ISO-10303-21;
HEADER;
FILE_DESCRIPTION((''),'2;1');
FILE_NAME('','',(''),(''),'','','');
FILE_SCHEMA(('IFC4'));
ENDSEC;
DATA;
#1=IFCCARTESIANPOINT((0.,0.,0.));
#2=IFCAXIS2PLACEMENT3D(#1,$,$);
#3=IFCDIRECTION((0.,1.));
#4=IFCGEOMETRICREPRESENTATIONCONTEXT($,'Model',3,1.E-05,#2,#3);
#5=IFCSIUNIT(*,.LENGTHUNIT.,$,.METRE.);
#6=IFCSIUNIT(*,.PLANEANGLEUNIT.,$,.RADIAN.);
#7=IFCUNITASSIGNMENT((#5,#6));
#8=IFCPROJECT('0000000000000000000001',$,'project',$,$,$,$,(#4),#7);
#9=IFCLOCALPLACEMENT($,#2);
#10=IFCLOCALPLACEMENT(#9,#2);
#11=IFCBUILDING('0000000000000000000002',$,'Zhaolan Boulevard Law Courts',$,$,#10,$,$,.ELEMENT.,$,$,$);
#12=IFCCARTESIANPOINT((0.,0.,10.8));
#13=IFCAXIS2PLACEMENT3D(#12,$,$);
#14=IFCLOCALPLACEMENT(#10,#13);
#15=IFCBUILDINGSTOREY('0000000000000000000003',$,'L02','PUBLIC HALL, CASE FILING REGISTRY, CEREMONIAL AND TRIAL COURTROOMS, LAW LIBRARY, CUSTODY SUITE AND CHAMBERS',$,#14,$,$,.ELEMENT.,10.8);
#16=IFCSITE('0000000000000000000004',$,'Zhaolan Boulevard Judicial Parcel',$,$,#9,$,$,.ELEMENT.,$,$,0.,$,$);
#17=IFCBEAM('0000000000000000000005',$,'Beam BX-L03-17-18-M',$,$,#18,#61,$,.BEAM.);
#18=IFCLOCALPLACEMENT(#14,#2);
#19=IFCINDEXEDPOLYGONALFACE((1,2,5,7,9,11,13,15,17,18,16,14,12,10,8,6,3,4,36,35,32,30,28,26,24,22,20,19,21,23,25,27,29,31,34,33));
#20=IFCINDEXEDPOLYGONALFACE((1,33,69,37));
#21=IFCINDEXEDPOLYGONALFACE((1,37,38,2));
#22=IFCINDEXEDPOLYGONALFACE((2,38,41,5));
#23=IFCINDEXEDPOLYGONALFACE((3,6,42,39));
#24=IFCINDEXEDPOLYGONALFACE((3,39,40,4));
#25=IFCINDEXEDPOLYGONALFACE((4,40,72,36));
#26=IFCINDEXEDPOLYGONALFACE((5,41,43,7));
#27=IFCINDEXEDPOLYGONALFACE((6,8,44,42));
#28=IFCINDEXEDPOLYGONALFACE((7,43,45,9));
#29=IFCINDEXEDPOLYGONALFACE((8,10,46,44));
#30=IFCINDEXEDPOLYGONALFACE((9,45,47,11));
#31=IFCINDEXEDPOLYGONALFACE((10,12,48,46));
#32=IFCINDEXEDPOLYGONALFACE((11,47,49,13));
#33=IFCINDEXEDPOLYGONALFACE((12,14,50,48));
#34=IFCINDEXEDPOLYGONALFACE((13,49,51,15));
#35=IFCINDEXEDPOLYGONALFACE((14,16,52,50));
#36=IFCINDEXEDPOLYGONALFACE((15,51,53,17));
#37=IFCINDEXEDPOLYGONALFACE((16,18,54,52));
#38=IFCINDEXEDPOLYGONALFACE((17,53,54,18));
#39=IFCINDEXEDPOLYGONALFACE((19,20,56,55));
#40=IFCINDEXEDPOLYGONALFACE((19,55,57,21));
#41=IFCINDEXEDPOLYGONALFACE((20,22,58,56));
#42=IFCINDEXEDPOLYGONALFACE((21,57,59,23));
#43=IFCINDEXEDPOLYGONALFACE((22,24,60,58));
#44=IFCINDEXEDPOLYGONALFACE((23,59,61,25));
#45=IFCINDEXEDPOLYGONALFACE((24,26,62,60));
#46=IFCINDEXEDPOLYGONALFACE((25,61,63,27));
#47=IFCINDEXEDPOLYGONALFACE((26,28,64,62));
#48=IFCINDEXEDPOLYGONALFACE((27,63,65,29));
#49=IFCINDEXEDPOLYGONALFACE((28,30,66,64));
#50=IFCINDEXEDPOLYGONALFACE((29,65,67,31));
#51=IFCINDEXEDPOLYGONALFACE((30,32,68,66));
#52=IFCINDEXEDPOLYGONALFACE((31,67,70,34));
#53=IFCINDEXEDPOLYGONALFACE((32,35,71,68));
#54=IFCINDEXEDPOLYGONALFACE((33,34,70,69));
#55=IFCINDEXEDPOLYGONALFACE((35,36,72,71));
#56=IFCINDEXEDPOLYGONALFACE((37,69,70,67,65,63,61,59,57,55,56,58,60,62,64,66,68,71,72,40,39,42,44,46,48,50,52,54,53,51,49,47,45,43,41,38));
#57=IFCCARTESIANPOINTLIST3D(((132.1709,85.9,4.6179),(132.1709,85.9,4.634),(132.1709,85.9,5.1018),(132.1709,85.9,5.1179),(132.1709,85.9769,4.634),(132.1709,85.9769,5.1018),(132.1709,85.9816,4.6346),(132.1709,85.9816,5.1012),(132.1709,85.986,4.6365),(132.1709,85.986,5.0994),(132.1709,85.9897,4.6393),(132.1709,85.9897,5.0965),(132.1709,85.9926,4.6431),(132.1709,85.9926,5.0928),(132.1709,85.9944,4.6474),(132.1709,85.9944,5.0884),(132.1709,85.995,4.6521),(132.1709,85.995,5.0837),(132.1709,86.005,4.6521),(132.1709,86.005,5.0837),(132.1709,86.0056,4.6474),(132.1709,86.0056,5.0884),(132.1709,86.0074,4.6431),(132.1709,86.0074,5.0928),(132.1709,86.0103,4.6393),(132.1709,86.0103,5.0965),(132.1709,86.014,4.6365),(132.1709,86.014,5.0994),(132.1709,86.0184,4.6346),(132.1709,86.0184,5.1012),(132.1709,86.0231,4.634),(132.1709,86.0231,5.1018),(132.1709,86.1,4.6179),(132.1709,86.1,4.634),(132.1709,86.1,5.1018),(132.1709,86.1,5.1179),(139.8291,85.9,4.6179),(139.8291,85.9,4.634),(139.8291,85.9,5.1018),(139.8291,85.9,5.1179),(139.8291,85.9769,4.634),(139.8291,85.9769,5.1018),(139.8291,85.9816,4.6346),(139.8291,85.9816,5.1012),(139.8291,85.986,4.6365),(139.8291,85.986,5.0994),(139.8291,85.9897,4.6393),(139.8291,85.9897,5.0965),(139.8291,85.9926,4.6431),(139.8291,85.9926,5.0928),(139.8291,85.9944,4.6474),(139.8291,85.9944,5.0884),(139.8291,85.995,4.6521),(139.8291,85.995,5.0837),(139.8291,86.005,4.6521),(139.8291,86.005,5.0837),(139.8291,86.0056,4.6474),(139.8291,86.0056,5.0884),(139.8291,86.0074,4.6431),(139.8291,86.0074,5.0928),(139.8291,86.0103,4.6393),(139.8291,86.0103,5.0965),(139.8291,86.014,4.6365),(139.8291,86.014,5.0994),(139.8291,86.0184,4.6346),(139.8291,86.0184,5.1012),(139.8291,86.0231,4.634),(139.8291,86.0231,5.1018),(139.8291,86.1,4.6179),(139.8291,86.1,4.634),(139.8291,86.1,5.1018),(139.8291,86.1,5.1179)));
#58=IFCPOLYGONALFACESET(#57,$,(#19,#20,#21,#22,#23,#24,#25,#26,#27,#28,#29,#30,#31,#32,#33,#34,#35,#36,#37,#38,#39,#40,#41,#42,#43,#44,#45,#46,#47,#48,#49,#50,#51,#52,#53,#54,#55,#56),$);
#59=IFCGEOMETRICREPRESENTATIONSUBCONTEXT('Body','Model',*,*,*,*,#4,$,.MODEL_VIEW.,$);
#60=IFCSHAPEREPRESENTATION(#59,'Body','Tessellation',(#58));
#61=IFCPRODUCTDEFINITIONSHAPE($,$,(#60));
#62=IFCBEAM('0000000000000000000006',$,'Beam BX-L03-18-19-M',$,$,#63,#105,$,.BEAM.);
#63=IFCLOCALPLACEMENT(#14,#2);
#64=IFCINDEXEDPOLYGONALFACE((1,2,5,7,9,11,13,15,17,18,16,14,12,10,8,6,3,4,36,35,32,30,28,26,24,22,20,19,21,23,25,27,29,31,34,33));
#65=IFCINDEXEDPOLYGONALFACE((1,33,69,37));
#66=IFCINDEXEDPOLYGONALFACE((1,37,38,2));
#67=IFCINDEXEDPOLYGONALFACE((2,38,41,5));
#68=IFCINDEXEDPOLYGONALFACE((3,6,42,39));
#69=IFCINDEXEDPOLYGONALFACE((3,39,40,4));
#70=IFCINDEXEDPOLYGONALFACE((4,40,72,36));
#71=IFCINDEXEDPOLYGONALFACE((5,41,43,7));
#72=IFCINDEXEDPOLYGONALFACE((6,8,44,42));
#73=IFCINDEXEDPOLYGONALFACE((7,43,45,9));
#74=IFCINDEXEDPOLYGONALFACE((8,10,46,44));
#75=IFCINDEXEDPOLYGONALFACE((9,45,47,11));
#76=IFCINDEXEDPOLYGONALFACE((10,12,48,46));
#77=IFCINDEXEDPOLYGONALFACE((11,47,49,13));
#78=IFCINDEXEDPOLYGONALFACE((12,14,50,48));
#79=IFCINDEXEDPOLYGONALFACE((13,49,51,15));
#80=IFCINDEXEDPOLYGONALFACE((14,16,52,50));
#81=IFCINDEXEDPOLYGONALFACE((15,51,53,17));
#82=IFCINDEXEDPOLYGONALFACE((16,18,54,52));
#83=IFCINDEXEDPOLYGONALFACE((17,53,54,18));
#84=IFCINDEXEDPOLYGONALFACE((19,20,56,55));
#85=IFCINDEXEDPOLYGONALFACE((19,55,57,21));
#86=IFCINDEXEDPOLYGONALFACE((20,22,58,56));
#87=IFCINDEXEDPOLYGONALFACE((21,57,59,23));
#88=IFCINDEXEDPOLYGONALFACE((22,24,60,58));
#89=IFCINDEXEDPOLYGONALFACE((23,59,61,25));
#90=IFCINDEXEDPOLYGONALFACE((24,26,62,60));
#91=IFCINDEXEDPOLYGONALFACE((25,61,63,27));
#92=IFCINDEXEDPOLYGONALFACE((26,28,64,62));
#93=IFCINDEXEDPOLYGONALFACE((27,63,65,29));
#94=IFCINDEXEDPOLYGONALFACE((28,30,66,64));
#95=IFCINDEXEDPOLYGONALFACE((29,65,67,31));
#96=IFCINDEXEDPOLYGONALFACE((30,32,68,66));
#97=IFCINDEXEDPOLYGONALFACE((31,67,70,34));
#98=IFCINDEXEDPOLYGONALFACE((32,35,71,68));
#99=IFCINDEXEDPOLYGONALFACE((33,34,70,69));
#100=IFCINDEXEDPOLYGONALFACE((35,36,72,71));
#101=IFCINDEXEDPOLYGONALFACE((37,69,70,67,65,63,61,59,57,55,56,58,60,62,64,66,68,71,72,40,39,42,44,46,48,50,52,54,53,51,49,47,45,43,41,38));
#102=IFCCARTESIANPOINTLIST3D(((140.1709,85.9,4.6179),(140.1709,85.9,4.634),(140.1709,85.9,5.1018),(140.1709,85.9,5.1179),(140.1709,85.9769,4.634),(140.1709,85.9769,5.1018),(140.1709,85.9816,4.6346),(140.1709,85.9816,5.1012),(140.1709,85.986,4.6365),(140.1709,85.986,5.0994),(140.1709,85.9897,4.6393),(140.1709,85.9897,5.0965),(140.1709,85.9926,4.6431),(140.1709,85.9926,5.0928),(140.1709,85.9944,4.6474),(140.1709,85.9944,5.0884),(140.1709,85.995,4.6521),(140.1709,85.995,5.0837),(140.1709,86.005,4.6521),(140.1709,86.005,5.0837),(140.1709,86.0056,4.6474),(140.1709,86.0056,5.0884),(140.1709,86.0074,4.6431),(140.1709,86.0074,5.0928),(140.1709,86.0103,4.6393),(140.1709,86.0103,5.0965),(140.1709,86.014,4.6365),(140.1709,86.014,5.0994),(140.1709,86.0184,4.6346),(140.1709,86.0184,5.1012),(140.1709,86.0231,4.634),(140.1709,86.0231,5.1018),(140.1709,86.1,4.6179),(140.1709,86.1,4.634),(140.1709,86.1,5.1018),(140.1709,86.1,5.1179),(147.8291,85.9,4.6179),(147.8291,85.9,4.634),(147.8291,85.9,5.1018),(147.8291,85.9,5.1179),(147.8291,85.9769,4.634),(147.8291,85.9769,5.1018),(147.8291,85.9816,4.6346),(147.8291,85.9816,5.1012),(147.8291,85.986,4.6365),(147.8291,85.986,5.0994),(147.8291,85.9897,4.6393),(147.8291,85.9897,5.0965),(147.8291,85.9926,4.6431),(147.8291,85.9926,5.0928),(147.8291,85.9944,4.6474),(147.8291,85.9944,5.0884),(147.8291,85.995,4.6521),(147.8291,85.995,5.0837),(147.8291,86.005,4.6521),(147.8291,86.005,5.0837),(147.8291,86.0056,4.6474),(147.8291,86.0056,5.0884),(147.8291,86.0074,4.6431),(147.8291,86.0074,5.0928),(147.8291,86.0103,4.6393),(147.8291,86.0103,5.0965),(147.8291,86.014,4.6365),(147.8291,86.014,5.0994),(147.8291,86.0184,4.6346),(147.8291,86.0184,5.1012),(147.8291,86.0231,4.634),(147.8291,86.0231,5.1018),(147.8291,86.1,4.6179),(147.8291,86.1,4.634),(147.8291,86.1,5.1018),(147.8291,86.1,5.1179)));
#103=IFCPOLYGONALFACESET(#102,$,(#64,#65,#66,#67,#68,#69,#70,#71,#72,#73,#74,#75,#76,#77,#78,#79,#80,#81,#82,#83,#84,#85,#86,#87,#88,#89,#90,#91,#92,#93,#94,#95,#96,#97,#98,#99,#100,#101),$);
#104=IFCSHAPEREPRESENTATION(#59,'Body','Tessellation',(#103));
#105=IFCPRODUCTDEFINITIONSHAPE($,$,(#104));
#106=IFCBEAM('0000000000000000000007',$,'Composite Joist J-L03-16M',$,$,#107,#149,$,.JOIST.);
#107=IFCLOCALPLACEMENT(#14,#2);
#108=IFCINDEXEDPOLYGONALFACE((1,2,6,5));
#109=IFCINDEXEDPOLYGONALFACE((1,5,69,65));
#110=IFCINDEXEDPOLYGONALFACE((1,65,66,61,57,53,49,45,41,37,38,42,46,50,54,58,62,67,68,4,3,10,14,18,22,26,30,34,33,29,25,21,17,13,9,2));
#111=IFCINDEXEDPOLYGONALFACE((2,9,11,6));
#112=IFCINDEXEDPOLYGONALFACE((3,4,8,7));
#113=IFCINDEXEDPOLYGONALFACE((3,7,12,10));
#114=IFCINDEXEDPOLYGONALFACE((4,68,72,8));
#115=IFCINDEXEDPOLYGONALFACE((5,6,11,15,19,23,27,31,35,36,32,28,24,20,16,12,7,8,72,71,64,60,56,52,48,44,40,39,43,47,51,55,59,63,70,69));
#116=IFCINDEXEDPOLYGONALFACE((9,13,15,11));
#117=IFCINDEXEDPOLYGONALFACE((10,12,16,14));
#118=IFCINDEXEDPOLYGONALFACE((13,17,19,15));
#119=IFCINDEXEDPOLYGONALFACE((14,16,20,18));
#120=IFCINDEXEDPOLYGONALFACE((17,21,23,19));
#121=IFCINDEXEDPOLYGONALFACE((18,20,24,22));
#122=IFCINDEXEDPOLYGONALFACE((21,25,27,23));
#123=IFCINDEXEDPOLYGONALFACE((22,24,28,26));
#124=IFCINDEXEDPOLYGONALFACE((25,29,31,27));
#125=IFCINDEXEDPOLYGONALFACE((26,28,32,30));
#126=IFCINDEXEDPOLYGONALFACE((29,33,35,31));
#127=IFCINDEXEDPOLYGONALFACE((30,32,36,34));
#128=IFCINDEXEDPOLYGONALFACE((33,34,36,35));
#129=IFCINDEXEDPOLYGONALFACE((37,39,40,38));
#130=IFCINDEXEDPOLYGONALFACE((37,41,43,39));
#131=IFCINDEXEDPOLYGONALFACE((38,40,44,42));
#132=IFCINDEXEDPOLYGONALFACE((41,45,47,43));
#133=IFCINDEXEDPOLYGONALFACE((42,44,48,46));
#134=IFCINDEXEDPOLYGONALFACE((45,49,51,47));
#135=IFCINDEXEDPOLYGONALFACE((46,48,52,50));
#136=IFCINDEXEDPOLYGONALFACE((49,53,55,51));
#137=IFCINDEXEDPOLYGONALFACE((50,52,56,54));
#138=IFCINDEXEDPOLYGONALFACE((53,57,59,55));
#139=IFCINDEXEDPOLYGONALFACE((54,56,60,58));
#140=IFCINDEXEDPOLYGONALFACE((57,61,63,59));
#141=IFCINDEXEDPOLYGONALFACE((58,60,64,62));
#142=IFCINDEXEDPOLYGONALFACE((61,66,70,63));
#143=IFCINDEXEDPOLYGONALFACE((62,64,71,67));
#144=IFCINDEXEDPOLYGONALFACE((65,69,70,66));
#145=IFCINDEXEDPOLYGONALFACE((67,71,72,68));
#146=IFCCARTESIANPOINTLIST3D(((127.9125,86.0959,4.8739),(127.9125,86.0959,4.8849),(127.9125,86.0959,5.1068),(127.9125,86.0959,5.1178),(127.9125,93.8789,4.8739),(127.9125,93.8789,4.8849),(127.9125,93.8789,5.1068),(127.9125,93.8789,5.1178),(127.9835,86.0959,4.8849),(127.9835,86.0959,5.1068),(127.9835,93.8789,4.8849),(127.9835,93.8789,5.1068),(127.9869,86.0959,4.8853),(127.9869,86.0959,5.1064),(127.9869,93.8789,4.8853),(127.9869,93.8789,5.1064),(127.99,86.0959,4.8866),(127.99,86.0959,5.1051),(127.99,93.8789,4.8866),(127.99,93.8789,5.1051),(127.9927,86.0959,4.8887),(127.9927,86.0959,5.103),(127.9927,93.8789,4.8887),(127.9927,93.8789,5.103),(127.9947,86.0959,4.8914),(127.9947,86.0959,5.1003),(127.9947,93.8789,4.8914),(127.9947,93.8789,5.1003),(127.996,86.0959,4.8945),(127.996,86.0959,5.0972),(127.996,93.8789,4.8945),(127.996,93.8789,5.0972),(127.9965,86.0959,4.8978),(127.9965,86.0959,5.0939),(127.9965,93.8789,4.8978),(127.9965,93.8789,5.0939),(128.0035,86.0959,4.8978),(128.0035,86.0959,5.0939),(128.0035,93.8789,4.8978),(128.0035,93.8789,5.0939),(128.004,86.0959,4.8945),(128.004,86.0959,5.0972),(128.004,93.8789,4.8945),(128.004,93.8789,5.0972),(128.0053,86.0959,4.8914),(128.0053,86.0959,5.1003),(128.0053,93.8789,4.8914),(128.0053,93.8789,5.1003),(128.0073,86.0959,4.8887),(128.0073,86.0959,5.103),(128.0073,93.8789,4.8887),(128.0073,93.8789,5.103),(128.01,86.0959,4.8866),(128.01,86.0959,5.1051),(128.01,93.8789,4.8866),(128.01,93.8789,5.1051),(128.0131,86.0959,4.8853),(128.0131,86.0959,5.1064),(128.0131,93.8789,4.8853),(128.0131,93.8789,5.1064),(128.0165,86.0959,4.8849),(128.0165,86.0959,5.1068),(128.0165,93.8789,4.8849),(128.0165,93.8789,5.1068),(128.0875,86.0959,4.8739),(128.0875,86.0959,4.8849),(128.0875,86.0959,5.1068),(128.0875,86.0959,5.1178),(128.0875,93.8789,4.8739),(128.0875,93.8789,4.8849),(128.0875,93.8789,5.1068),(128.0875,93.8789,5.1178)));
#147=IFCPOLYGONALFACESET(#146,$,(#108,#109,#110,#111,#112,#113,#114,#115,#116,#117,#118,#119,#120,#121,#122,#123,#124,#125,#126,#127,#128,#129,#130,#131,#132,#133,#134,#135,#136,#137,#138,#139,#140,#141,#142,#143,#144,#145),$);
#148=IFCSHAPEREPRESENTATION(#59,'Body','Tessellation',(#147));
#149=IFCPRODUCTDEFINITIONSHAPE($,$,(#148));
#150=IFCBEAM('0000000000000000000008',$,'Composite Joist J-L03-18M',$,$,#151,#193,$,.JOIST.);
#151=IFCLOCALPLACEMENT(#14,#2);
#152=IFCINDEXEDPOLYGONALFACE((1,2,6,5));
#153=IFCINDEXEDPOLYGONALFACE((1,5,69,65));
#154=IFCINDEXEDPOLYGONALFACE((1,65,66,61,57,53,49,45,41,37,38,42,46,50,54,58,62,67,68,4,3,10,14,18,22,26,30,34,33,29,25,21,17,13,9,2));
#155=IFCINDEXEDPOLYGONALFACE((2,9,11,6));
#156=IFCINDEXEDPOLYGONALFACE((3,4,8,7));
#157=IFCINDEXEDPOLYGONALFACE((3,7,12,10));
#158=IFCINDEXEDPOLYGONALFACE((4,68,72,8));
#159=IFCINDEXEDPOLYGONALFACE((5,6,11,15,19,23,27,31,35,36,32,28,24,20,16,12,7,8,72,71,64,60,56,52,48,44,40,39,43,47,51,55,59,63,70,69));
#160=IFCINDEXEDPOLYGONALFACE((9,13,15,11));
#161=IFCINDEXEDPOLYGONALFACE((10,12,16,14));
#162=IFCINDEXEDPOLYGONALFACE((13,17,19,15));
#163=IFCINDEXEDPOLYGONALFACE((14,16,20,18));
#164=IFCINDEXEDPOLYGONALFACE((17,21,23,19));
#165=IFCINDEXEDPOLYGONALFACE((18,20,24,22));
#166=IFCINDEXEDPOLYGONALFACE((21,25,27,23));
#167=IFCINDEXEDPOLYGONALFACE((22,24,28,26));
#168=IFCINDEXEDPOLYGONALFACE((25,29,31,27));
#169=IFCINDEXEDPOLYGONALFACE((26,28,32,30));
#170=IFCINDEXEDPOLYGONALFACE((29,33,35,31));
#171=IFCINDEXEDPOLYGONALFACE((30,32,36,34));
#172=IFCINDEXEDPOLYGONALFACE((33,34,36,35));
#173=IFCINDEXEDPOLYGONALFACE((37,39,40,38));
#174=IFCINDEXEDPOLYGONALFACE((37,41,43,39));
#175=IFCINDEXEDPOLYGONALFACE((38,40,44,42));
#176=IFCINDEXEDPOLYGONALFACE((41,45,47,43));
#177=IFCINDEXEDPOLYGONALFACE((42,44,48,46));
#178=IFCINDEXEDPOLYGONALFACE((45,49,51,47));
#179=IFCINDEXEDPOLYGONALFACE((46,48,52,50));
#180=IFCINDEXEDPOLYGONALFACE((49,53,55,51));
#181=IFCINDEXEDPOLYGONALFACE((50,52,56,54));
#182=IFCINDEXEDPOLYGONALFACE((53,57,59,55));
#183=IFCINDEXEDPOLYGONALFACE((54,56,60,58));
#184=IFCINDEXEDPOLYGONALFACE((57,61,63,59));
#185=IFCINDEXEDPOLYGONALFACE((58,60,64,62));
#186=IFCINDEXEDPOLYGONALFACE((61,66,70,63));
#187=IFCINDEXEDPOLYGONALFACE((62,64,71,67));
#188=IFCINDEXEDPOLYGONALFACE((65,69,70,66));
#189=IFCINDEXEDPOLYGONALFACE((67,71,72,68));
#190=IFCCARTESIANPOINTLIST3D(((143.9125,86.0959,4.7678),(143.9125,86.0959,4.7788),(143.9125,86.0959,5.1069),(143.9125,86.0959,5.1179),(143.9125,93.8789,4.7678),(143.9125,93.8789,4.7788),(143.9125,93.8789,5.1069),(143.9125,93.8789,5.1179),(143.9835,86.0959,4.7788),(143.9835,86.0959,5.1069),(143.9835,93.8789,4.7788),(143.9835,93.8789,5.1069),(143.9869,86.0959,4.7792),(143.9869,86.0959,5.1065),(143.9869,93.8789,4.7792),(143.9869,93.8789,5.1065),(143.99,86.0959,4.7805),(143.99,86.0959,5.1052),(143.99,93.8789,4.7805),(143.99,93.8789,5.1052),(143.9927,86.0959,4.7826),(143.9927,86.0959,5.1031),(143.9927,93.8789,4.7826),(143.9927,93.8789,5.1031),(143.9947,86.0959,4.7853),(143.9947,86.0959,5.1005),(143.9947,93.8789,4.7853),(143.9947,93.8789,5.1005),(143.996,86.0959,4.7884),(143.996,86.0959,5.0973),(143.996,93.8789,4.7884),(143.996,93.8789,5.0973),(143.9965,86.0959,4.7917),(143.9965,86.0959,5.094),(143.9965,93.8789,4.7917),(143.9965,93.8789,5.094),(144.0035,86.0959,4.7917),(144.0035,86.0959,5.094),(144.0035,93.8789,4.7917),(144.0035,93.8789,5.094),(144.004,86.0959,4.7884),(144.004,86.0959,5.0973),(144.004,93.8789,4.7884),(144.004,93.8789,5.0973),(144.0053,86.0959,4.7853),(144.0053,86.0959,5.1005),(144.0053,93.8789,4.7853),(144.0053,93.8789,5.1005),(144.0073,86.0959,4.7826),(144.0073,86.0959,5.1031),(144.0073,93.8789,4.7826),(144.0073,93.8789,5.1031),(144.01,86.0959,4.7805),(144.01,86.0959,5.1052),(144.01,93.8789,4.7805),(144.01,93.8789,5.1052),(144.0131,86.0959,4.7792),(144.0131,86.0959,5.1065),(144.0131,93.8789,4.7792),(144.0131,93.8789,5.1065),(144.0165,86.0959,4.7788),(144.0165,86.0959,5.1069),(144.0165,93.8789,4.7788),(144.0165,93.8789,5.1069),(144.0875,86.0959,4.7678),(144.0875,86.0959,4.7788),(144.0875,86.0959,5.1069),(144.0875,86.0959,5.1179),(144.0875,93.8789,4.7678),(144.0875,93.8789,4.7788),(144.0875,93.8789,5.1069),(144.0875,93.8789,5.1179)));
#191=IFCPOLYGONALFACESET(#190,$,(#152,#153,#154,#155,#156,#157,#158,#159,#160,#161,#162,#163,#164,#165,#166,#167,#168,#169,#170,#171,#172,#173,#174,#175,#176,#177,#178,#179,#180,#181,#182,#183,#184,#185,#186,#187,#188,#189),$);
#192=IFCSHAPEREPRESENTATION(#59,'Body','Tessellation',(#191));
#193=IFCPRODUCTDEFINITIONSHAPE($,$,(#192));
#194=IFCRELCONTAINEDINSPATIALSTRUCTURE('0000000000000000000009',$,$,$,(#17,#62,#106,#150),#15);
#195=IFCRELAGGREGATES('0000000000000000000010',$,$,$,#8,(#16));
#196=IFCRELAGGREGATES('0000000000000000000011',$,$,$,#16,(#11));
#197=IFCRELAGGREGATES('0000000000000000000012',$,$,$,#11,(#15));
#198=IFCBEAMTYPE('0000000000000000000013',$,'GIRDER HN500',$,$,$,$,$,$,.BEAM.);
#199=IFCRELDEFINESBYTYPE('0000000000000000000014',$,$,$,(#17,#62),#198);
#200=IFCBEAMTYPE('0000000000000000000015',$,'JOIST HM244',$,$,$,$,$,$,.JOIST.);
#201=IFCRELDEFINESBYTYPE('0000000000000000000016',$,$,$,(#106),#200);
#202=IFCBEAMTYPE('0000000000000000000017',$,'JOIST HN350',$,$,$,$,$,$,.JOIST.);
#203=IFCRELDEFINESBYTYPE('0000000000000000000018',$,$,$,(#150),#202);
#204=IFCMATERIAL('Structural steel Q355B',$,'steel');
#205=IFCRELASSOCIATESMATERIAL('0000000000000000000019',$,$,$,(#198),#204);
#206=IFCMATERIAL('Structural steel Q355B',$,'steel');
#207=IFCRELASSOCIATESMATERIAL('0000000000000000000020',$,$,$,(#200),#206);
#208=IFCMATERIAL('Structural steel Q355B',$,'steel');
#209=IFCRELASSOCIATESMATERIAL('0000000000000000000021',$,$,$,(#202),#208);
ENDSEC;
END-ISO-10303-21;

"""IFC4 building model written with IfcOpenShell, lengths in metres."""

from ifc_helpers import new_model, si_unit, direction, frame, origin, origin_2d, place, context, subcontext, project, spatial, i_section, extrude, material, material_profile, profile_set, type_object, element, save


model = new_model("IFC4")

# Units and contexts
model_context = context("Model", 3, precision=1e-05, world=origin(), true_north=direction((0.0, 1.0)))
body_context = subcontext(model_context, "Body", "Model", "MODEL_VIEW")
ifc_project = project(units=[si_unit("LENGTHUNIT", "METRE"), si_unit("PLANEANGLEUNIT", "RADIAN")], contexts=[model_context])

# Site, building, storey
site_placement = place(None, origin())
site = spatial("IfcSite", under=ifc_project, at=site_placement, Name="Zhaolan Boulevard Judicial Parcel", CompositionType="ELEMENT", RefElevation=0.0)
building_placement = place(site_placement, origin())
building = spatial("IfcBuilding", under=site, at=building_placement, Name="Zhaolan Boulevard Law Courts", CompositionType="ELEMENT")
storey_placement = place(building_placement, frame((0.0, 0.0, 10.8)))
storey = spatial("IfcBuildingStorey", under=building, at=storey_placement, Name="L02", Description="PUBLIC HALL, CASE FILING REGISTRY, CEREMONIAL AND TRIAL COURTROOMS, LAW LIBRARY, CUSTODY SUITE AND CHAMBERS", CompositionType="ELEMENT", Elevation=10.8)

# Beams
ifc_material_1 = material(Name="Structural steel Q355B", Category="steel")
ifc_material_profile_1 = material_profile(ifc_material_1, i_section(OverallWidth=0.2, OverallDepth=0.5, WebThickness=0.01, FlangeThickness=0.0161, FilletRadius=0.0181, at=origin_2d()), Name="HN500x200")
ifc_profile_set_1 = profile_set([ifc_material_profile_1], Name="Structural steel Q355B")
beam_type_1 = type_object("IfcBeamType", Name="GIRDER HN500", PredefinedType="BEAM", material=ifc_profile_set_1)
for number, where, z_axis, x_axis, name in (
    (1, (132.1709, 86.0, 4.8679), (1.0, 0.0, 0.0), (0.0, 1.0, 0.0), "Beam BX-L03-17-18-M"),
    (2, (140.1709, 86.0, 4.8679), (1.0, 0.0, 0.0), (0.0, 1.0, 0.0), "Beam BX-L03-18-19-M"),
):
    element("IfcBeam", number, at=place(storey_placement, frame(where, z_axis=z_axis, x_axis=x_axis)), inside=storey, type_object=beam_type_1, Name=name, PredefinedType="BEAM", context=body_context, shape_type="SweptSolid", body=[
        extrude(i_section(OverallWidth=0.2, OverallDepth=0.5, WebThickness=0.01, FlangeThickness=0.0161, FilletRadius=0.0181, at=origin_2d()), origin(), (0.0, 0.0, 1.0), 7.6582),
    ])
ifc_material_2 = material(Name="Structural steel Q355B", Category="steel")
ifc_material_profile_2 = material_profile(ifc_material_2, i_section(OverallWidth=0.175, OverallDepth=0.2439, WebThickness=0.0071, FlangeThickness=0.011, FilletRadius=0.0129, at=origin_2d()), Name="HM244x175")
ifc_profile_set_2 = profile_set([ifc_material_profile_2], Name="Structural steel Q355B")
beam_type_2 = type_object("IfcBeamType", Name="JOIST HM244", PredefinedType="JOIST", material=ifc_profile_set_2)
beam_1_placement = place(storey_placement, frame((128.0, 86.0959, 4.9958), z_axis=(0.0, 1.0, 0.0), x_axis=(-1.0, 0.0, 0.0)))
element("IfcBeam", 3, at=beam_1_placement, inside=storey, type_object=beam_type_2, Name="Composite Joist J-L03-16M", PredefinedType="JOIST", context=body_context, shape_type="SweptSolid", body=[
    extrude(i_section(OverallWidth=0.175, OverallDepth=0.2439, WebThickness=0.0071, FlangeThickness=0.011, FilletRadius=0.0129, at=origin_2d()), origin(), (0.0, 0.0, 1.0), 7.783),
])
ifc_material_3 = material(Name="Structural steel Q355B", Category="steel")
ifc_material_profile_3 = material_profile(ifc_material_3, i_section(OverallWidth=0.175, OverallDepth=0.3501, WebThickness=0.0071, FlangeThickness=0.011, FilletRadius=0.0129, at=origin_2d()), Name="HN350x175")
ifc_profile_set_3 = profile_set([ifc_material_profile_3], Name="Structural steel Q355B")
beam_type_3 = type_object("IfcBeamType", Name="JOIST HN350", PredefinedType="JOIST", material=ifc_profile_set_3)
beam_2_placement = place(storey_placement, frame((144.0, 86.0959, 4.9429), z_axis=(0.0, 1.0, 0.0), x_axis=(-1.0, 0.0, 0.0)))
element("IfcBeam", 4, at=beam_2_placement, inside=storey, type_object=beam_type_3, Name="Composite Joist J-L03-18M", PredefinedType="JOIST", context=body_context, shape_type="SweptSolid", body=[
    extrude(i_section(OverallWidth=0.175, OverallDepth=0.3501, WebThickness=0.0071, FlangeThickness=0.011, FilletRadius=0.0129, at=origin_2d()), origin(), (0.0, 0.0, 1.0), 7.783),
])

save(model, "model.ifc")
